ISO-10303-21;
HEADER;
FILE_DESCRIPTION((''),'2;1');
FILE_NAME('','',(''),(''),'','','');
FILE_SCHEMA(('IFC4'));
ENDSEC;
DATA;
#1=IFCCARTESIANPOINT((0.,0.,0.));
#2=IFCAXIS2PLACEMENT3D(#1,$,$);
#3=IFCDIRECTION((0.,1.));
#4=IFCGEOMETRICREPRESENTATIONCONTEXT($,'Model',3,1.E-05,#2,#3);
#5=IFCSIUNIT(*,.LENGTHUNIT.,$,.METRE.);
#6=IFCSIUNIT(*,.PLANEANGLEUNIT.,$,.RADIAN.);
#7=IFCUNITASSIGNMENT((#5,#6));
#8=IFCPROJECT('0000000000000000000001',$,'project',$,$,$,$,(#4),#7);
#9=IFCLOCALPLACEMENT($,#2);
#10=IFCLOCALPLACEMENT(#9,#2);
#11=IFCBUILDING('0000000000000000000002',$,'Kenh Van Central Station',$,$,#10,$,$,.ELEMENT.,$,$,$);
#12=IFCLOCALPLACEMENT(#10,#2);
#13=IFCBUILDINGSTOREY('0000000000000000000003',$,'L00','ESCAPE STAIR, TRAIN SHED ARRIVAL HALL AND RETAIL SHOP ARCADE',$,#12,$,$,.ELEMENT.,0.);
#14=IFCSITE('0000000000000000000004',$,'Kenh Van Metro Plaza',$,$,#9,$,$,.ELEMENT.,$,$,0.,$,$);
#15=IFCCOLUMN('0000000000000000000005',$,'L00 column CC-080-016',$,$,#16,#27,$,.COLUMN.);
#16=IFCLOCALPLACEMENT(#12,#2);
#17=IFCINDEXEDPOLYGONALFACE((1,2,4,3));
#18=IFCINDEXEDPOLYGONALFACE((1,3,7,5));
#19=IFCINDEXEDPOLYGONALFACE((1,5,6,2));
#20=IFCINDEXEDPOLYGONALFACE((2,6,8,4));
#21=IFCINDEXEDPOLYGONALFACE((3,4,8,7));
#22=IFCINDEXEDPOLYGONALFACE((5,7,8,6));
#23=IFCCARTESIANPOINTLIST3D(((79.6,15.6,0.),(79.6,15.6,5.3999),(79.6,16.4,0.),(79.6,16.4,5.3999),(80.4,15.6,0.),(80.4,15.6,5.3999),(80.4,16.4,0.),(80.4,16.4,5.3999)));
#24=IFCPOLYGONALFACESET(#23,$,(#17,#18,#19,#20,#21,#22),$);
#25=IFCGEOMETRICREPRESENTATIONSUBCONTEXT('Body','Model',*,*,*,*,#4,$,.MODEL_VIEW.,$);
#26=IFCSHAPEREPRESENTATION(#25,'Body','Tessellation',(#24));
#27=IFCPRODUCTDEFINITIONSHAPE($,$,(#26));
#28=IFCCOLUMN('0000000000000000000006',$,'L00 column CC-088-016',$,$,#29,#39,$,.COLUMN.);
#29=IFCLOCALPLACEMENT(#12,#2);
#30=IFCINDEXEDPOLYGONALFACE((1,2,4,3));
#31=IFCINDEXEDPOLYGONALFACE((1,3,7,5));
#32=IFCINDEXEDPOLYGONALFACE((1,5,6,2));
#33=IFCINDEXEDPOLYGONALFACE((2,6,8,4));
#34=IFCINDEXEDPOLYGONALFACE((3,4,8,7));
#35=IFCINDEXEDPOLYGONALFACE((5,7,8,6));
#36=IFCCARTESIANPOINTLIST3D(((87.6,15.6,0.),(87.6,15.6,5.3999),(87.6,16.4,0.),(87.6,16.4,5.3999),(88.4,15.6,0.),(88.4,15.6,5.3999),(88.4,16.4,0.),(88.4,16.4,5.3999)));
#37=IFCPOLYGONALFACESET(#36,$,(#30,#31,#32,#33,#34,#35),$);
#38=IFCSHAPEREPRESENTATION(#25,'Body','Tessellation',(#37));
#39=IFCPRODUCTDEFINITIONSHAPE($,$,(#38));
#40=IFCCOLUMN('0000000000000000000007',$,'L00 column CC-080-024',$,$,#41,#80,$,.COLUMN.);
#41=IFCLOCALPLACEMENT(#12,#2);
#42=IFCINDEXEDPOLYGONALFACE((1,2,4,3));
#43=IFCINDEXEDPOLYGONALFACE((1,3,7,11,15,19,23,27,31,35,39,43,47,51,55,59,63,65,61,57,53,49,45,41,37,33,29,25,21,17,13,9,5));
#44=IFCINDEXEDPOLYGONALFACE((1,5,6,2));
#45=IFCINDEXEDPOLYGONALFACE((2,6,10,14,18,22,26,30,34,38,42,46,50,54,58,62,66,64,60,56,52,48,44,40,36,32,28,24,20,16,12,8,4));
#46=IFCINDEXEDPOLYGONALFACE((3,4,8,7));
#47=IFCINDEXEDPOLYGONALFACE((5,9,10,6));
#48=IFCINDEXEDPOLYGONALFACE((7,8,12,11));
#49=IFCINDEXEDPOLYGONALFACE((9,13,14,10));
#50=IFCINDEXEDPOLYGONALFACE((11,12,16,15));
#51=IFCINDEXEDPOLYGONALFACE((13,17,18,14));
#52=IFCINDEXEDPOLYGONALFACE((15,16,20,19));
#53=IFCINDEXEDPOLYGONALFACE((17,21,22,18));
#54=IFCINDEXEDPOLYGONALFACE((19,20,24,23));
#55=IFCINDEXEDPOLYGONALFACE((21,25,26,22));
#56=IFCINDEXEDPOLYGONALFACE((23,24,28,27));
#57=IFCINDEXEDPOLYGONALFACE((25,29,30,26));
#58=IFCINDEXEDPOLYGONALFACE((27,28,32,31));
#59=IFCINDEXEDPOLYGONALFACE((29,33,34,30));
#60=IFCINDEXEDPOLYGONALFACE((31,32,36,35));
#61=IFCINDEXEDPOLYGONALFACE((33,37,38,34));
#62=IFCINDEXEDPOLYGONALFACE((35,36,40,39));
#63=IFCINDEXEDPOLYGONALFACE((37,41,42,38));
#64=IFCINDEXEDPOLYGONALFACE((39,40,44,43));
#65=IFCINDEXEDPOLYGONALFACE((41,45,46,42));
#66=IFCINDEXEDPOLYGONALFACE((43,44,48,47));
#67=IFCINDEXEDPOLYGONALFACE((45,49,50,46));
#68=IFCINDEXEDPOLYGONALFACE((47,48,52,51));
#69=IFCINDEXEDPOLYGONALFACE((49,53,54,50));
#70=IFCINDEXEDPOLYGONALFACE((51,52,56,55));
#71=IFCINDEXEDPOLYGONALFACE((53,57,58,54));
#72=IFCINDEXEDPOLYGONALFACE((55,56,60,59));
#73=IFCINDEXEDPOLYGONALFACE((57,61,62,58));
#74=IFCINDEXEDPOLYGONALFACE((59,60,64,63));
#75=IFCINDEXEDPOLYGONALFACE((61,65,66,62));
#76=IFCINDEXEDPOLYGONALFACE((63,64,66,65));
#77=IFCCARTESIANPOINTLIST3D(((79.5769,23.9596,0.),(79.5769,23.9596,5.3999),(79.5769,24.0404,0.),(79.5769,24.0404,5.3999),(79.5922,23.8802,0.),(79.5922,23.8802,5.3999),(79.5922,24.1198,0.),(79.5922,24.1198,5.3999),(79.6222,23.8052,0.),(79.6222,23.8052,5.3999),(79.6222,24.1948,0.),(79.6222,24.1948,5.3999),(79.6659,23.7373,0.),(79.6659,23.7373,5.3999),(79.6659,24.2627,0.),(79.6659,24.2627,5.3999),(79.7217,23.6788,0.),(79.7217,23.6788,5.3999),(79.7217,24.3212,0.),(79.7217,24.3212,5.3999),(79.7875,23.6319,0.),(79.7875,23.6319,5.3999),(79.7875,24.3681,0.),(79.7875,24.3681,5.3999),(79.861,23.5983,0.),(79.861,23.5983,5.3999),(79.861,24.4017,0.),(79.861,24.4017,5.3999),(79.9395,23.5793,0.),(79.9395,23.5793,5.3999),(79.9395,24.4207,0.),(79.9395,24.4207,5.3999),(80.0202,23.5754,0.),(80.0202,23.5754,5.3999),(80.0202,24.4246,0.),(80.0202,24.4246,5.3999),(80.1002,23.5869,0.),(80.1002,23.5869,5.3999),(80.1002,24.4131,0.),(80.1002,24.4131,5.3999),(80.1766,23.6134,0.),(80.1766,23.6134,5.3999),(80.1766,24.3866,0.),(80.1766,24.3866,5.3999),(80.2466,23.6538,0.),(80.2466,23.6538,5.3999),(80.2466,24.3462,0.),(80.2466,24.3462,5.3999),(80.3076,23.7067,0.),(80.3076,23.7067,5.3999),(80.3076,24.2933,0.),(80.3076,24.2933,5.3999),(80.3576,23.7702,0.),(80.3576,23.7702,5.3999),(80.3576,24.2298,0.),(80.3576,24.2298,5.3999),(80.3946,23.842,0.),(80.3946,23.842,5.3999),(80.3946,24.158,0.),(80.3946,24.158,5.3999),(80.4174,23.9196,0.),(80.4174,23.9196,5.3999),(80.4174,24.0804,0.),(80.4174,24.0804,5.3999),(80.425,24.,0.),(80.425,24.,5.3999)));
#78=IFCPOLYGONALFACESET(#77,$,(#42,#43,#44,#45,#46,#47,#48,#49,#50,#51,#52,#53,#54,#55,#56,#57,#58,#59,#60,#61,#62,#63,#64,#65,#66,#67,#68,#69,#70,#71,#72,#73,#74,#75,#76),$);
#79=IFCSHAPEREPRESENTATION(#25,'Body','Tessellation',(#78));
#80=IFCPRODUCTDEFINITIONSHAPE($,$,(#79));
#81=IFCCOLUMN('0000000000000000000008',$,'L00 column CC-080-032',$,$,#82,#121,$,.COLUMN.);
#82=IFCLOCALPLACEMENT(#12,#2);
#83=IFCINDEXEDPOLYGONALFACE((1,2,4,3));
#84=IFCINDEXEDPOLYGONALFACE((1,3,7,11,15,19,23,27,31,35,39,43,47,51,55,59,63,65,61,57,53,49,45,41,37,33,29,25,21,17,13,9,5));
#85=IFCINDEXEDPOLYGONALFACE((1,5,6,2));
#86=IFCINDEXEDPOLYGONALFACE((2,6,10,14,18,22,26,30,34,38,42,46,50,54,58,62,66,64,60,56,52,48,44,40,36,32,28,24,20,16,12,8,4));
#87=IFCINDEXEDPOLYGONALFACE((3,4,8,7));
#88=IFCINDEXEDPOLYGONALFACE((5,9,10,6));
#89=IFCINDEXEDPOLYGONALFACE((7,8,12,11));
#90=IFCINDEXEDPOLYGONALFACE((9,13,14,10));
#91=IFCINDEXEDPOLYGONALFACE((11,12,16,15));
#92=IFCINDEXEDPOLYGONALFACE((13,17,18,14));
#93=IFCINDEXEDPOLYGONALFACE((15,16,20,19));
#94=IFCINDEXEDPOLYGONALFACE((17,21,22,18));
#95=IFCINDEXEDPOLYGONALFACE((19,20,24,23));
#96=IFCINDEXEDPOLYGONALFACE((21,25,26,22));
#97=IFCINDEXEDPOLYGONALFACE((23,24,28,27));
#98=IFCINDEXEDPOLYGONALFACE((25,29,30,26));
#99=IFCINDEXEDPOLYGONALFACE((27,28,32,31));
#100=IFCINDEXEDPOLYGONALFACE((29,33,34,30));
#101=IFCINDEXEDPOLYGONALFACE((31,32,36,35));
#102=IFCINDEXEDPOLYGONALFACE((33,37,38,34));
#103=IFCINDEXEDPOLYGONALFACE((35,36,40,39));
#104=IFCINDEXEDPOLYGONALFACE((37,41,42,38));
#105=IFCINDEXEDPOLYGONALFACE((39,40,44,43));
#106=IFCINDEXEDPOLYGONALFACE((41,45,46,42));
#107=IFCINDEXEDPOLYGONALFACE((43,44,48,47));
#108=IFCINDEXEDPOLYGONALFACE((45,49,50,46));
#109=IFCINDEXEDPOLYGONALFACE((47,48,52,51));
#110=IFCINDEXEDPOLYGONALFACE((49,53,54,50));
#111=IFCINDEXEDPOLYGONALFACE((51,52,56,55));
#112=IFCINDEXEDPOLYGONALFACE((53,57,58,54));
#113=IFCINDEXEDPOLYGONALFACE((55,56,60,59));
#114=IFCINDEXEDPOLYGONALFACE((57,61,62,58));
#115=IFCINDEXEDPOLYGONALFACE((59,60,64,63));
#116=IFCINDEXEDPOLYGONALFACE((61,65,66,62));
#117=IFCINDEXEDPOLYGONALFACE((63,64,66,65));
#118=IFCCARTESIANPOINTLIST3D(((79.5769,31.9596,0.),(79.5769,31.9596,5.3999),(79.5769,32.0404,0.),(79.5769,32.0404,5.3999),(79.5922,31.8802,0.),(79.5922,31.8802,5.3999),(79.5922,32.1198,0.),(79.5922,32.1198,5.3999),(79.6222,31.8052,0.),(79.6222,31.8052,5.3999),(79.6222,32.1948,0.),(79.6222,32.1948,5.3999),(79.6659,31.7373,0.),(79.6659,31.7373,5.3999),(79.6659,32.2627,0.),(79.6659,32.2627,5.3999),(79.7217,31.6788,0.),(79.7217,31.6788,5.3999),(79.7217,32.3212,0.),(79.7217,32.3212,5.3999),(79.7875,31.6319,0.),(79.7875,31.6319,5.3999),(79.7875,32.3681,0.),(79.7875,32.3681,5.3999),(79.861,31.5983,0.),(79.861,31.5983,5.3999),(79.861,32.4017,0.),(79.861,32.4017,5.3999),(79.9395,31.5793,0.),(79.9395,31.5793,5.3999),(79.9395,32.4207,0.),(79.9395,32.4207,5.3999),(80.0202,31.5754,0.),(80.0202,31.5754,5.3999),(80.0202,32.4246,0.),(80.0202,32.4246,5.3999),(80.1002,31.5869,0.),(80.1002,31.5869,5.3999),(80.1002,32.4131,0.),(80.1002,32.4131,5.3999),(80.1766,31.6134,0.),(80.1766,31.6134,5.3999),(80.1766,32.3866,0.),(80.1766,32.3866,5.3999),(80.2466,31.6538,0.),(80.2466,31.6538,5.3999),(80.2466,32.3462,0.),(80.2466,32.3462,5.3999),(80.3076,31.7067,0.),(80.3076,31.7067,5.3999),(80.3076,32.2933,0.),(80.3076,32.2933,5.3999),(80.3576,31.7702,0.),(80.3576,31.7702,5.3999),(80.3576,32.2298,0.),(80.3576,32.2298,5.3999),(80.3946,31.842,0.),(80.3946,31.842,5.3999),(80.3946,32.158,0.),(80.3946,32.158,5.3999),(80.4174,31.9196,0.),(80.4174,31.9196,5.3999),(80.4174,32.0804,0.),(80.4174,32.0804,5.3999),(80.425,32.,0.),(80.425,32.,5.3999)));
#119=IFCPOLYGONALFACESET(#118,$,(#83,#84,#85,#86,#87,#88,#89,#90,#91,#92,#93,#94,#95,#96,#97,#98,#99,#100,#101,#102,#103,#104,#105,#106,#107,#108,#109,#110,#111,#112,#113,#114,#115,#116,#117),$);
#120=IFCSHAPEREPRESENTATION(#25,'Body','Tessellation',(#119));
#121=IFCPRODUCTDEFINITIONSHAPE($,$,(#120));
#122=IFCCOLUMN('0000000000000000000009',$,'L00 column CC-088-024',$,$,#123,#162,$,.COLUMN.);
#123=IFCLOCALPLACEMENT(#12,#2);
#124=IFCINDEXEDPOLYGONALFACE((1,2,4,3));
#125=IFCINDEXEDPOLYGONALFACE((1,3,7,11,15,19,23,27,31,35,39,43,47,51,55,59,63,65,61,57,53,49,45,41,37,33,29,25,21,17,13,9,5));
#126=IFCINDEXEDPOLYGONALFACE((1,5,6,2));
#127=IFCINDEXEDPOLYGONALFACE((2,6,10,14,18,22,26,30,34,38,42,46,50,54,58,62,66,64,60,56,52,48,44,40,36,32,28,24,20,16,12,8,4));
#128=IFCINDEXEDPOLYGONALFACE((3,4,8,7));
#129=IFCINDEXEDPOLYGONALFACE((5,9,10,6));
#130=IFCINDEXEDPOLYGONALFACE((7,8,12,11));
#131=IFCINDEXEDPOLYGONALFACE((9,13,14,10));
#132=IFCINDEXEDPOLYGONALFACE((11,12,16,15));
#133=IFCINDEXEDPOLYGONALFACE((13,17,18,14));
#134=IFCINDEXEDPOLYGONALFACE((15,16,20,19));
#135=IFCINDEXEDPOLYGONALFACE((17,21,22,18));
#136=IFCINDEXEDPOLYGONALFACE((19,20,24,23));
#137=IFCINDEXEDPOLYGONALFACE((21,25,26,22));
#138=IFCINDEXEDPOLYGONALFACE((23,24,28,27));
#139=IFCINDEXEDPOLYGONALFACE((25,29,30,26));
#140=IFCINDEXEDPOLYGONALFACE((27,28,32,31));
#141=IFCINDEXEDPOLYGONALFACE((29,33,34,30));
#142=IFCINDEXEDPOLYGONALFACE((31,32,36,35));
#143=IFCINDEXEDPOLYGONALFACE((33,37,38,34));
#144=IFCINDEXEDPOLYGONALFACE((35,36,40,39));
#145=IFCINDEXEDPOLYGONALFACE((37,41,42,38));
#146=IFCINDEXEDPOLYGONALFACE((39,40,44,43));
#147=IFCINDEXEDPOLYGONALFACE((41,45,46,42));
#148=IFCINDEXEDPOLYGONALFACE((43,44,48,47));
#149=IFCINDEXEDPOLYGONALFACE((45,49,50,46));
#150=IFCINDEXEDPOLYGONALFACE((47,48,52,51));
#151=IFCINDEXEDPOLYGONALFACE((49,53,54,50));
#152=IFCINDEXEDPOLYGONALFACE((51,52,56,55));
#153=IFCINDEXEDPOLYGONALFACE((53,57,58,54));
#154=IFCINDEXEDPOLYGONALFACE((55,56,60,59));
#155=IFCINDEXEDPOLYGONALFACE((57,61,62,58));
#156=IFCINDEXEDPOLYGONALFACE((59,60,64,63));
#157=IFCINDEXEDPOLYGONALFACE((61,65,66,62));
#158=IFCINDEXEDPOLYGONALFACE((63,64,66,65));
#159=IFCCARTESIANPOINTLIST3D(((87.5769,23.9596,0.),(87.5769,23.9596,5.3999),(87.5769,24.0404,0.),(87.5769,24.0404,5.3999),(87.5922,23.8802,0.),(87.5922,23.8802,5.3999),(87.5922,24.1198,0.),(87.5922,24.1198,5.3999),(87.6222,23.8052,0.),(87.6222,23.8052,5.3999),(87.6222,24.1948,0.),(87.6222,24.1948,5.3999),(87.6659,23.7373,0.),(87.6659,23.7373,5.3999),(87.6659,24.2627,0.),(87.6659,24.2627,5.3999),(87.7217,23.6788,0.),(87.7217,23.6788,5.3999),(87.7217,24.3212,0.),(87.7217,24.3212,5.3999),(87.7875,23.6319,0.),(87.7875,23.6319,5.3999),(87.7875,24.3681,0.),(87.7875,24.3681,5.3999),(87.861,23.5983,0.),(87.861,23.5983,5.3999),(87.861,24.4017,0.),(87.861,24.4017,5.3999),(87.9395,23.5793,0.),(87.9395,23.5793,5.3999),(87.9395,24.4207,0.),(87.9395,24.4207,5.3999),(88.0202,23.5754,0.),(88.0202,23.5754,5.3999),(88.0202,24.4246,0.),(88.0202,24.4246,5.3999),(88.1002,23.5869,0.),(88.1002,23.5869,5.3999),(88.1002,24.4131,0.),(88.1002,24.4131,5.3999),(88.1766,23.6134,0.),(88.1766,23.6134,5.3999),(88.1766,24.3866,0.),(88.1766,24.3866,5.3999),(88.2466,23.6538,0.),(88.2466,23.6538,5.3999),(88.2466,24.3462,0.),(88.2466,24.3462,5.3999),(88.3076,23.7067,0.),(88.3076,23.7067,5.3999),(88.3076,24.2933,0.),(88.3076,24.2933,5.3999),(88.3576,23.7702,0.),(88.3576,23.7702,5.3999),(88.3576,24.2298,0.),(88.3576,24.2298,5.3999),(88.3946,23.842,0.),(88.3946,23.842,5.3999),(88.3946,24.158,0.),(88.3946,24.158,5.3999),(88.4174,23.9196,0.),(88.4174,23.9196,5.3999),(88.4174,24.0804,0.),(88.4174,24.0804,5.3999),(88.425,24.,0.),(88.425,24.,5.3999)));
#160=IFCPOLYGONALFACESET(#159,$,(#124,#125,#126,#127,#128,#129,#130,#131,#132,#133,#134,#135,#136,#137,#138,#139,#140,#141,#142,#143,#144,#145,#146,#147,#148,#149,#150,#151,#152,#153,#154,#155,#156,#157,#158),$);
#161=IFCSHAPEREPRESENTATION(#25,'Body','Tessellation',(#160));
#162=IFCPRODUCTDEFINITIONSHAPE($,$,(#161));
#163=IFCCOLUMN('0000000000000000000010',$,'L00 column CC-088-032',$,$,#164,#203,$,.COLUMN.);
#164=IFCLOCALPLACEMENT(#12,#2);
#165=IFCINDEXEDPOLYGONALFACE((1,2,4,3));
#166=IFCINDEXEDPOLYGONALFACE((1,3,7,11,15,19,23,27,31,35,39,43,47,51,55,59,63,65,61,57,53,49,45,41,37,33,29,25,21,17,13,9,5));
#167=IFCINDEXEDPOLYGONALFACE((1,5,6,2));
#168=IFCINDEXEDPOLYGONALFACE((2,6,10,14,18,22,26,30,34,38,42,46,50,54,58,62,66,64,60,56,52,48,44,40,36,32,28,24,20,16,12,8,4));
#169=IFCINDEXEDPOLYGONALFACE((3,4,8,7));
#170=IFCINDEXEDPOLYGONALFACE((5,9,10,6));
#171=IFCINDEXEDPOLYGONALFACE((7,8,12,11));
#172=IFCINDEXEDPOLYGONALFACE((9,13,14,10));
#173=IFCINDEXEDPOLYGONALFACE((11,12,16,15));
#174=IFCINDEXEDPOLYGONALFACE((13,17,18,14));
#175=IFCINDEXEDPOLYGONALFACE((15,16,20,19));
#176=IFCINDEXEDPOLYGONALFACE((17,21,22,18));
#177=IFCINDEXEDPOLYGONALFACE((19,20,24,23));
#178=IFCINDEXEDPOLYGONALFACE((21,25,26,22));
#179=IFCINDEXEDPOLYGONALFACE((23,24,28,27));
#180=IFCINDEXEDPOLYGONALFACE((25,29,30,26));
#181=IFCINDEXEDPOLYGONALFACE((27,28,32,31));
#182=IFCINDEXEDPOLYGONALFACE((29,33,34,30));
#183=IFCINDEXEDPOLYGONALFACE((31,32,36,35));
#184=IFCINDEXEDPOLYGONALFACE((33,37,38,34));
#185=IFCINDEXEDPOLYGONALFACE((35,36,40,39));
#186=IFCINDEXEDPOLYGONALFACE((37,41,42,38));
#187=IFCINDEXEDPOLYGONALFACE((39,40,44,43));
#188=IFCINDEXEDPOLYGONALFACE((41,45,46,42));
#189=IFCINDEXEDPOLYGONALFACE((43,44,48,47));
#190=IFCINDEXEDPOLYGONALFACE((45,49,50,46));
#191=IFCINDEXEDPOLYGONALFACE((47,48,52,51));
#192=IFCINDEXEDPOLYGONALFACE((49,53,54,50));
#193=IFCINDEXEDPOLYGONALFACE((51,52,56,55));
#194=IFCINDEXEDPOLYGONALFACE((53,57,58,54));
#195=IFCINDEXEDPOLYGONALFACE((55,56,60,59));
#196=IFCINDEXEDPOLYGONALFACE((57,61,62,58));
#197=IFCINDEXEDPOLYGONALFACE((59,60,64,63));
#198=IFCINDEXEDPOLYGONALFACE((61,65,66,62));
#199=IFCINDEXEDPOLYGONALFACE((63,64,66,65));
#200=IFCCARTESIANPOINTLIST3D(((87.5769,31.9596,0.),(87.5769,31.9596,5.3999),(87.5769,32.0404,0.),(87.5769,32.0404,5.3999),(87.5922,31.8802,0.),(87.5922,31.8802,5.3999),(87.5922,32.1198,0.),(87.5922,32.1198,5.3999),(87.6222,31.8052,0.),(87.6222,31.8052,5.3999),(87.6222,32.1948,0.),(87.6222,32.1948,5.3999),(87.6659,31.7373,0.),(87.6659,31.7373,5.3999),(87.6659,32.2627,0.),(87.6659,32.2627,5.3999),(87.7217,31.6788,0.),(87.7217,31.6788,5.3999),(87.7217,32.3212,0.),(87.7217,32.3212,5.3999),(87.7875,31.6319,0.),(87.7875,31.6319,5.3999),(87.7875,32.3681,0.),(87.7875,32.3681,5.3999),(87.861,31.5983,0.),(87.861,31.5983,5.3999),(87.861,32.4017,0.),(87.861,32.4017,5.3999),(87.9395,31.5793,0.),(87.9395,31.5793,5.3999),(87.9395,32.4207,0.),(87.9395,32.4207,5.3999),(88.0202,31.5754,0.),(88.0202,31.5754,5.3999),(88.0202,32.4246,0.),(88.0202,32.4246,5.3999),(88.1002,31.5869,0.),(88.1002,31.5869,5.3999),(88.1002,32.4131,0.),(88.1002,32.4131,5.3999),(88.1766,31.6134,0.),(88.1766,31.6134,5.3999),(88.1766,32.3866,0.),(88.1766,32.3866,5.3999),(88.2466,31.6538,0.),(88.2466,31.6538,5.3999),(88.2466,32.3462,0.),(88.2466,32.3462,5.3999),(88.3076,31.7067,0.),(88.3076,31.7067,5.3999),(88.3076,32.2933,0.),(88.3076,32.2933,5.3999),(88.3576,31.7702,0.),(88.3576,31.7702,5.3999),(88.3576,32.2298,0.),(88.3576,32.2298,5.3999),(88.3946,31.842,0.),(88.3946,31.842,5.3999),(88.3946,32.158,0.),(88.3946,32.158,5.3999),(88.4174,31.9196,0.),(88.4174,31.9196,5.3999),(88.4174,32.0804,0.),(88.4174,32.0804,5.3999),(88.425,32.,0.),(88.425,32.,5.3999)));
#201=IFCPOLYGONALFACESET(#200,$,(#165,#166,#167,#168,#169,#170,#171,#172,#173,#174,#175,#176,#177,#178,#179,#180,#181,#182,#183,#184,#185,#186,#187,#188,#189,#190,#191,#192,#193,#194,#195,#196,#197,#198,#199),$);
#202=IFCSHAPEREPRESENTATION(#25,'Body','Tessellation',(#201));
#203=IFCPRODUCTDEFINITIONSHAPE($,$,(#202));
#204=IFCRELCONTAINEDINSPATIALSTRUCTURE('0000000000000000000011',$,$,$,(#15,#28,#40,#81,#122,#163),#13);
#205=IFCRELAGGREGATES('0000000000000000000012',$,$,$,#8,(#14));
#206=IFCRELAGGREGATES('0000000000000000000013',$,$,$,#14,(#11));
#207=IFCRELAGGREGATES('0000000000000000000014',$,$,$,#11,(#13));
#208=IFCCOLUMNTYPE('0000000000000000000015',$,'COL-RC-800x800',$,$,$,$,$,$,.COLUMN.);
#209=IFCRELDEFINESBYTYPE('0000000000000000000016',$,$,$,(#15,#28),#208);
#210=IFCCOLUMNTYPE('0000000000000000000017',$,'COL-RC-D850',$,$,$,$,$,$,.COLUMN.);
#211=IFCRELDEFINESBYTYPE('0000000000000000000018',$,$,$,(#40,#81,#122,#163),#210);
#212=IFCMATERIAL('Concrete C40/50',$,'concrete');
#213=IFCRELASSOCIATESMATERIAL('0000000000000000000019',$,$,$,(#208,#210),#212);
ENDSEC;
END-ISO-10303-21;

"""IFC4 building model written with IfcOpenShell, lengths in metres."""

from ifc_helpers import new_model, si_unit, direction, frame, origin, origin_2d, place, context, subcontext, project, spatial, rectangle, circle, extrude, material, material_profile, profile_set, type_object, element, save


model = new_model("IFC4")

# Units and contexts
model_context = context("Model", 3, precision=1e-05, world=origin(), true_north=direction((0.0, 1.0)))
body_context = subcontext(model_context, "Body", "Model", "MODEL_VIEW")
ifc_project = project(units=[si_unit("LENGTHUNIT", "METRE"), si_unit("PLANEANGLEUNIT", "RADIAN")], contexts=[model_context])

# Site, building, storey
site_placement = place(None, origin())
site = spatial("IfcSite", under=ifc_project, at=site_placement, Name="Kenh Van Metro Plaza", CompositionType="ELEMENT", RefElevation=0.0)
building_placement = place(site_placement, origin())
building = spatial("IfcBuilding", under=site, at=building_placement, Name="Kenh Van Central Station", CompositionType="ELEMENT")
storey_placement = place(building_placement, origin())
storey = spatial("IfcBuildingStorey", under=building, at=storey_placement, Name="L00", Description="ESCAPE STAIR, TRAIN SHED ARRIVAL HALL AND RETAIL SHOP ARCADE", CompositionType="ELEMENT", Elevation=0.0)

# Columns
ifc_material_1 = material(Name="Concrete C40/50", Category="concrete")
ifc_material_profile_1 = material_profile(ifc_material_1, rectangle(XDim=0.8, YDim=0.8, at=origin_2d()), Name="RC 800x800")
ifc_profile_set_1 = profile_set([ifc_material_profile_1], Name="Concrete C40/50")
column_type_1 = type_object("IfcColumnType", Name="COL-RC-800x800", PredefinedType="COLUMN", material=ifc_profile_set_1)
for number, where, z_axis, x_axis, name in (
    (1, (80.0, 16.0, 0.0), (0.0, 0.0, 1.0), (1.0, 0.0, 0.0), "L00 column CC-080-016"),
    (2, (88.0, 16.0, 0.0), (0.0, 0.0, 1.0), (1.0, 0.0, 0.0), "L00 column CC-088-016"),
):
    element("IfcColumn", number, at=place(storey_placement, frame(where, z_axis=z_axis, x_axis=x_axis)), inside=storey, type_object=column_type_1, Name=name, PredefinedType="COLUMN", context=body_context, shape_type="SweptSolid", body=[
        extrude(rectangle(XDim=0.8, YDim=0.8, at=origin_2d()), origin(), (0.0, 0.0, 1.0), 5.3999),
    ])
ifc_material_profile_2 = material_profile(ifc_material_1, circle(Radius=0.425, at=origin_2d()), Name="RC D850")
ifc_profile_set_2 = profile_set([ifc_material_profile_2], Name="Concrete C40/50")
column_type_2 = type_object("IfcColumnType", Name="COL-RC-D850", PredefinedType="COLUMN", material=ifc_profile_set_2)
for number, where, z_axis, x_axis, name in (
    (3, (80.0, 24.0, 0.0), (0.0, 0.0, 1.0), (1.0, 0.0, 0.0), "L00 column CC-080-024"),
    (4, (80.0, 32.0, 0.0), (0.0, 0.0, 1.0), (1.0, 0.0, 0.0), "L00 column CC-080-032"),
    (5, (88.0, 24.0, 0.0), (0.0, 0.0, 1.0), (1.0, 0.0, 0.0), "L00 column CC-088-024"),
    (6, (88.0, 32.0, 0.0), (0.0, 0.0, 1.0), (1.0, 0.0, 0.0), "L00 column CC-088-032"),
):
    element("IfcColumn", number, at=place(storey_placement, frame(where, z_axis=z_axis, x_axis=x_axis)), inside=storey, type_object=column_type_2, Name=name, PredefinedType="COLUMN", context=body_context, shape_type="SweptSolid", body=[
        extrude(circle(Radius=0.425, at=origin_2d()), origin(), (0.0, 0.0, 1.0), 5.3999),
    ])

save(model, "model.ifc")
